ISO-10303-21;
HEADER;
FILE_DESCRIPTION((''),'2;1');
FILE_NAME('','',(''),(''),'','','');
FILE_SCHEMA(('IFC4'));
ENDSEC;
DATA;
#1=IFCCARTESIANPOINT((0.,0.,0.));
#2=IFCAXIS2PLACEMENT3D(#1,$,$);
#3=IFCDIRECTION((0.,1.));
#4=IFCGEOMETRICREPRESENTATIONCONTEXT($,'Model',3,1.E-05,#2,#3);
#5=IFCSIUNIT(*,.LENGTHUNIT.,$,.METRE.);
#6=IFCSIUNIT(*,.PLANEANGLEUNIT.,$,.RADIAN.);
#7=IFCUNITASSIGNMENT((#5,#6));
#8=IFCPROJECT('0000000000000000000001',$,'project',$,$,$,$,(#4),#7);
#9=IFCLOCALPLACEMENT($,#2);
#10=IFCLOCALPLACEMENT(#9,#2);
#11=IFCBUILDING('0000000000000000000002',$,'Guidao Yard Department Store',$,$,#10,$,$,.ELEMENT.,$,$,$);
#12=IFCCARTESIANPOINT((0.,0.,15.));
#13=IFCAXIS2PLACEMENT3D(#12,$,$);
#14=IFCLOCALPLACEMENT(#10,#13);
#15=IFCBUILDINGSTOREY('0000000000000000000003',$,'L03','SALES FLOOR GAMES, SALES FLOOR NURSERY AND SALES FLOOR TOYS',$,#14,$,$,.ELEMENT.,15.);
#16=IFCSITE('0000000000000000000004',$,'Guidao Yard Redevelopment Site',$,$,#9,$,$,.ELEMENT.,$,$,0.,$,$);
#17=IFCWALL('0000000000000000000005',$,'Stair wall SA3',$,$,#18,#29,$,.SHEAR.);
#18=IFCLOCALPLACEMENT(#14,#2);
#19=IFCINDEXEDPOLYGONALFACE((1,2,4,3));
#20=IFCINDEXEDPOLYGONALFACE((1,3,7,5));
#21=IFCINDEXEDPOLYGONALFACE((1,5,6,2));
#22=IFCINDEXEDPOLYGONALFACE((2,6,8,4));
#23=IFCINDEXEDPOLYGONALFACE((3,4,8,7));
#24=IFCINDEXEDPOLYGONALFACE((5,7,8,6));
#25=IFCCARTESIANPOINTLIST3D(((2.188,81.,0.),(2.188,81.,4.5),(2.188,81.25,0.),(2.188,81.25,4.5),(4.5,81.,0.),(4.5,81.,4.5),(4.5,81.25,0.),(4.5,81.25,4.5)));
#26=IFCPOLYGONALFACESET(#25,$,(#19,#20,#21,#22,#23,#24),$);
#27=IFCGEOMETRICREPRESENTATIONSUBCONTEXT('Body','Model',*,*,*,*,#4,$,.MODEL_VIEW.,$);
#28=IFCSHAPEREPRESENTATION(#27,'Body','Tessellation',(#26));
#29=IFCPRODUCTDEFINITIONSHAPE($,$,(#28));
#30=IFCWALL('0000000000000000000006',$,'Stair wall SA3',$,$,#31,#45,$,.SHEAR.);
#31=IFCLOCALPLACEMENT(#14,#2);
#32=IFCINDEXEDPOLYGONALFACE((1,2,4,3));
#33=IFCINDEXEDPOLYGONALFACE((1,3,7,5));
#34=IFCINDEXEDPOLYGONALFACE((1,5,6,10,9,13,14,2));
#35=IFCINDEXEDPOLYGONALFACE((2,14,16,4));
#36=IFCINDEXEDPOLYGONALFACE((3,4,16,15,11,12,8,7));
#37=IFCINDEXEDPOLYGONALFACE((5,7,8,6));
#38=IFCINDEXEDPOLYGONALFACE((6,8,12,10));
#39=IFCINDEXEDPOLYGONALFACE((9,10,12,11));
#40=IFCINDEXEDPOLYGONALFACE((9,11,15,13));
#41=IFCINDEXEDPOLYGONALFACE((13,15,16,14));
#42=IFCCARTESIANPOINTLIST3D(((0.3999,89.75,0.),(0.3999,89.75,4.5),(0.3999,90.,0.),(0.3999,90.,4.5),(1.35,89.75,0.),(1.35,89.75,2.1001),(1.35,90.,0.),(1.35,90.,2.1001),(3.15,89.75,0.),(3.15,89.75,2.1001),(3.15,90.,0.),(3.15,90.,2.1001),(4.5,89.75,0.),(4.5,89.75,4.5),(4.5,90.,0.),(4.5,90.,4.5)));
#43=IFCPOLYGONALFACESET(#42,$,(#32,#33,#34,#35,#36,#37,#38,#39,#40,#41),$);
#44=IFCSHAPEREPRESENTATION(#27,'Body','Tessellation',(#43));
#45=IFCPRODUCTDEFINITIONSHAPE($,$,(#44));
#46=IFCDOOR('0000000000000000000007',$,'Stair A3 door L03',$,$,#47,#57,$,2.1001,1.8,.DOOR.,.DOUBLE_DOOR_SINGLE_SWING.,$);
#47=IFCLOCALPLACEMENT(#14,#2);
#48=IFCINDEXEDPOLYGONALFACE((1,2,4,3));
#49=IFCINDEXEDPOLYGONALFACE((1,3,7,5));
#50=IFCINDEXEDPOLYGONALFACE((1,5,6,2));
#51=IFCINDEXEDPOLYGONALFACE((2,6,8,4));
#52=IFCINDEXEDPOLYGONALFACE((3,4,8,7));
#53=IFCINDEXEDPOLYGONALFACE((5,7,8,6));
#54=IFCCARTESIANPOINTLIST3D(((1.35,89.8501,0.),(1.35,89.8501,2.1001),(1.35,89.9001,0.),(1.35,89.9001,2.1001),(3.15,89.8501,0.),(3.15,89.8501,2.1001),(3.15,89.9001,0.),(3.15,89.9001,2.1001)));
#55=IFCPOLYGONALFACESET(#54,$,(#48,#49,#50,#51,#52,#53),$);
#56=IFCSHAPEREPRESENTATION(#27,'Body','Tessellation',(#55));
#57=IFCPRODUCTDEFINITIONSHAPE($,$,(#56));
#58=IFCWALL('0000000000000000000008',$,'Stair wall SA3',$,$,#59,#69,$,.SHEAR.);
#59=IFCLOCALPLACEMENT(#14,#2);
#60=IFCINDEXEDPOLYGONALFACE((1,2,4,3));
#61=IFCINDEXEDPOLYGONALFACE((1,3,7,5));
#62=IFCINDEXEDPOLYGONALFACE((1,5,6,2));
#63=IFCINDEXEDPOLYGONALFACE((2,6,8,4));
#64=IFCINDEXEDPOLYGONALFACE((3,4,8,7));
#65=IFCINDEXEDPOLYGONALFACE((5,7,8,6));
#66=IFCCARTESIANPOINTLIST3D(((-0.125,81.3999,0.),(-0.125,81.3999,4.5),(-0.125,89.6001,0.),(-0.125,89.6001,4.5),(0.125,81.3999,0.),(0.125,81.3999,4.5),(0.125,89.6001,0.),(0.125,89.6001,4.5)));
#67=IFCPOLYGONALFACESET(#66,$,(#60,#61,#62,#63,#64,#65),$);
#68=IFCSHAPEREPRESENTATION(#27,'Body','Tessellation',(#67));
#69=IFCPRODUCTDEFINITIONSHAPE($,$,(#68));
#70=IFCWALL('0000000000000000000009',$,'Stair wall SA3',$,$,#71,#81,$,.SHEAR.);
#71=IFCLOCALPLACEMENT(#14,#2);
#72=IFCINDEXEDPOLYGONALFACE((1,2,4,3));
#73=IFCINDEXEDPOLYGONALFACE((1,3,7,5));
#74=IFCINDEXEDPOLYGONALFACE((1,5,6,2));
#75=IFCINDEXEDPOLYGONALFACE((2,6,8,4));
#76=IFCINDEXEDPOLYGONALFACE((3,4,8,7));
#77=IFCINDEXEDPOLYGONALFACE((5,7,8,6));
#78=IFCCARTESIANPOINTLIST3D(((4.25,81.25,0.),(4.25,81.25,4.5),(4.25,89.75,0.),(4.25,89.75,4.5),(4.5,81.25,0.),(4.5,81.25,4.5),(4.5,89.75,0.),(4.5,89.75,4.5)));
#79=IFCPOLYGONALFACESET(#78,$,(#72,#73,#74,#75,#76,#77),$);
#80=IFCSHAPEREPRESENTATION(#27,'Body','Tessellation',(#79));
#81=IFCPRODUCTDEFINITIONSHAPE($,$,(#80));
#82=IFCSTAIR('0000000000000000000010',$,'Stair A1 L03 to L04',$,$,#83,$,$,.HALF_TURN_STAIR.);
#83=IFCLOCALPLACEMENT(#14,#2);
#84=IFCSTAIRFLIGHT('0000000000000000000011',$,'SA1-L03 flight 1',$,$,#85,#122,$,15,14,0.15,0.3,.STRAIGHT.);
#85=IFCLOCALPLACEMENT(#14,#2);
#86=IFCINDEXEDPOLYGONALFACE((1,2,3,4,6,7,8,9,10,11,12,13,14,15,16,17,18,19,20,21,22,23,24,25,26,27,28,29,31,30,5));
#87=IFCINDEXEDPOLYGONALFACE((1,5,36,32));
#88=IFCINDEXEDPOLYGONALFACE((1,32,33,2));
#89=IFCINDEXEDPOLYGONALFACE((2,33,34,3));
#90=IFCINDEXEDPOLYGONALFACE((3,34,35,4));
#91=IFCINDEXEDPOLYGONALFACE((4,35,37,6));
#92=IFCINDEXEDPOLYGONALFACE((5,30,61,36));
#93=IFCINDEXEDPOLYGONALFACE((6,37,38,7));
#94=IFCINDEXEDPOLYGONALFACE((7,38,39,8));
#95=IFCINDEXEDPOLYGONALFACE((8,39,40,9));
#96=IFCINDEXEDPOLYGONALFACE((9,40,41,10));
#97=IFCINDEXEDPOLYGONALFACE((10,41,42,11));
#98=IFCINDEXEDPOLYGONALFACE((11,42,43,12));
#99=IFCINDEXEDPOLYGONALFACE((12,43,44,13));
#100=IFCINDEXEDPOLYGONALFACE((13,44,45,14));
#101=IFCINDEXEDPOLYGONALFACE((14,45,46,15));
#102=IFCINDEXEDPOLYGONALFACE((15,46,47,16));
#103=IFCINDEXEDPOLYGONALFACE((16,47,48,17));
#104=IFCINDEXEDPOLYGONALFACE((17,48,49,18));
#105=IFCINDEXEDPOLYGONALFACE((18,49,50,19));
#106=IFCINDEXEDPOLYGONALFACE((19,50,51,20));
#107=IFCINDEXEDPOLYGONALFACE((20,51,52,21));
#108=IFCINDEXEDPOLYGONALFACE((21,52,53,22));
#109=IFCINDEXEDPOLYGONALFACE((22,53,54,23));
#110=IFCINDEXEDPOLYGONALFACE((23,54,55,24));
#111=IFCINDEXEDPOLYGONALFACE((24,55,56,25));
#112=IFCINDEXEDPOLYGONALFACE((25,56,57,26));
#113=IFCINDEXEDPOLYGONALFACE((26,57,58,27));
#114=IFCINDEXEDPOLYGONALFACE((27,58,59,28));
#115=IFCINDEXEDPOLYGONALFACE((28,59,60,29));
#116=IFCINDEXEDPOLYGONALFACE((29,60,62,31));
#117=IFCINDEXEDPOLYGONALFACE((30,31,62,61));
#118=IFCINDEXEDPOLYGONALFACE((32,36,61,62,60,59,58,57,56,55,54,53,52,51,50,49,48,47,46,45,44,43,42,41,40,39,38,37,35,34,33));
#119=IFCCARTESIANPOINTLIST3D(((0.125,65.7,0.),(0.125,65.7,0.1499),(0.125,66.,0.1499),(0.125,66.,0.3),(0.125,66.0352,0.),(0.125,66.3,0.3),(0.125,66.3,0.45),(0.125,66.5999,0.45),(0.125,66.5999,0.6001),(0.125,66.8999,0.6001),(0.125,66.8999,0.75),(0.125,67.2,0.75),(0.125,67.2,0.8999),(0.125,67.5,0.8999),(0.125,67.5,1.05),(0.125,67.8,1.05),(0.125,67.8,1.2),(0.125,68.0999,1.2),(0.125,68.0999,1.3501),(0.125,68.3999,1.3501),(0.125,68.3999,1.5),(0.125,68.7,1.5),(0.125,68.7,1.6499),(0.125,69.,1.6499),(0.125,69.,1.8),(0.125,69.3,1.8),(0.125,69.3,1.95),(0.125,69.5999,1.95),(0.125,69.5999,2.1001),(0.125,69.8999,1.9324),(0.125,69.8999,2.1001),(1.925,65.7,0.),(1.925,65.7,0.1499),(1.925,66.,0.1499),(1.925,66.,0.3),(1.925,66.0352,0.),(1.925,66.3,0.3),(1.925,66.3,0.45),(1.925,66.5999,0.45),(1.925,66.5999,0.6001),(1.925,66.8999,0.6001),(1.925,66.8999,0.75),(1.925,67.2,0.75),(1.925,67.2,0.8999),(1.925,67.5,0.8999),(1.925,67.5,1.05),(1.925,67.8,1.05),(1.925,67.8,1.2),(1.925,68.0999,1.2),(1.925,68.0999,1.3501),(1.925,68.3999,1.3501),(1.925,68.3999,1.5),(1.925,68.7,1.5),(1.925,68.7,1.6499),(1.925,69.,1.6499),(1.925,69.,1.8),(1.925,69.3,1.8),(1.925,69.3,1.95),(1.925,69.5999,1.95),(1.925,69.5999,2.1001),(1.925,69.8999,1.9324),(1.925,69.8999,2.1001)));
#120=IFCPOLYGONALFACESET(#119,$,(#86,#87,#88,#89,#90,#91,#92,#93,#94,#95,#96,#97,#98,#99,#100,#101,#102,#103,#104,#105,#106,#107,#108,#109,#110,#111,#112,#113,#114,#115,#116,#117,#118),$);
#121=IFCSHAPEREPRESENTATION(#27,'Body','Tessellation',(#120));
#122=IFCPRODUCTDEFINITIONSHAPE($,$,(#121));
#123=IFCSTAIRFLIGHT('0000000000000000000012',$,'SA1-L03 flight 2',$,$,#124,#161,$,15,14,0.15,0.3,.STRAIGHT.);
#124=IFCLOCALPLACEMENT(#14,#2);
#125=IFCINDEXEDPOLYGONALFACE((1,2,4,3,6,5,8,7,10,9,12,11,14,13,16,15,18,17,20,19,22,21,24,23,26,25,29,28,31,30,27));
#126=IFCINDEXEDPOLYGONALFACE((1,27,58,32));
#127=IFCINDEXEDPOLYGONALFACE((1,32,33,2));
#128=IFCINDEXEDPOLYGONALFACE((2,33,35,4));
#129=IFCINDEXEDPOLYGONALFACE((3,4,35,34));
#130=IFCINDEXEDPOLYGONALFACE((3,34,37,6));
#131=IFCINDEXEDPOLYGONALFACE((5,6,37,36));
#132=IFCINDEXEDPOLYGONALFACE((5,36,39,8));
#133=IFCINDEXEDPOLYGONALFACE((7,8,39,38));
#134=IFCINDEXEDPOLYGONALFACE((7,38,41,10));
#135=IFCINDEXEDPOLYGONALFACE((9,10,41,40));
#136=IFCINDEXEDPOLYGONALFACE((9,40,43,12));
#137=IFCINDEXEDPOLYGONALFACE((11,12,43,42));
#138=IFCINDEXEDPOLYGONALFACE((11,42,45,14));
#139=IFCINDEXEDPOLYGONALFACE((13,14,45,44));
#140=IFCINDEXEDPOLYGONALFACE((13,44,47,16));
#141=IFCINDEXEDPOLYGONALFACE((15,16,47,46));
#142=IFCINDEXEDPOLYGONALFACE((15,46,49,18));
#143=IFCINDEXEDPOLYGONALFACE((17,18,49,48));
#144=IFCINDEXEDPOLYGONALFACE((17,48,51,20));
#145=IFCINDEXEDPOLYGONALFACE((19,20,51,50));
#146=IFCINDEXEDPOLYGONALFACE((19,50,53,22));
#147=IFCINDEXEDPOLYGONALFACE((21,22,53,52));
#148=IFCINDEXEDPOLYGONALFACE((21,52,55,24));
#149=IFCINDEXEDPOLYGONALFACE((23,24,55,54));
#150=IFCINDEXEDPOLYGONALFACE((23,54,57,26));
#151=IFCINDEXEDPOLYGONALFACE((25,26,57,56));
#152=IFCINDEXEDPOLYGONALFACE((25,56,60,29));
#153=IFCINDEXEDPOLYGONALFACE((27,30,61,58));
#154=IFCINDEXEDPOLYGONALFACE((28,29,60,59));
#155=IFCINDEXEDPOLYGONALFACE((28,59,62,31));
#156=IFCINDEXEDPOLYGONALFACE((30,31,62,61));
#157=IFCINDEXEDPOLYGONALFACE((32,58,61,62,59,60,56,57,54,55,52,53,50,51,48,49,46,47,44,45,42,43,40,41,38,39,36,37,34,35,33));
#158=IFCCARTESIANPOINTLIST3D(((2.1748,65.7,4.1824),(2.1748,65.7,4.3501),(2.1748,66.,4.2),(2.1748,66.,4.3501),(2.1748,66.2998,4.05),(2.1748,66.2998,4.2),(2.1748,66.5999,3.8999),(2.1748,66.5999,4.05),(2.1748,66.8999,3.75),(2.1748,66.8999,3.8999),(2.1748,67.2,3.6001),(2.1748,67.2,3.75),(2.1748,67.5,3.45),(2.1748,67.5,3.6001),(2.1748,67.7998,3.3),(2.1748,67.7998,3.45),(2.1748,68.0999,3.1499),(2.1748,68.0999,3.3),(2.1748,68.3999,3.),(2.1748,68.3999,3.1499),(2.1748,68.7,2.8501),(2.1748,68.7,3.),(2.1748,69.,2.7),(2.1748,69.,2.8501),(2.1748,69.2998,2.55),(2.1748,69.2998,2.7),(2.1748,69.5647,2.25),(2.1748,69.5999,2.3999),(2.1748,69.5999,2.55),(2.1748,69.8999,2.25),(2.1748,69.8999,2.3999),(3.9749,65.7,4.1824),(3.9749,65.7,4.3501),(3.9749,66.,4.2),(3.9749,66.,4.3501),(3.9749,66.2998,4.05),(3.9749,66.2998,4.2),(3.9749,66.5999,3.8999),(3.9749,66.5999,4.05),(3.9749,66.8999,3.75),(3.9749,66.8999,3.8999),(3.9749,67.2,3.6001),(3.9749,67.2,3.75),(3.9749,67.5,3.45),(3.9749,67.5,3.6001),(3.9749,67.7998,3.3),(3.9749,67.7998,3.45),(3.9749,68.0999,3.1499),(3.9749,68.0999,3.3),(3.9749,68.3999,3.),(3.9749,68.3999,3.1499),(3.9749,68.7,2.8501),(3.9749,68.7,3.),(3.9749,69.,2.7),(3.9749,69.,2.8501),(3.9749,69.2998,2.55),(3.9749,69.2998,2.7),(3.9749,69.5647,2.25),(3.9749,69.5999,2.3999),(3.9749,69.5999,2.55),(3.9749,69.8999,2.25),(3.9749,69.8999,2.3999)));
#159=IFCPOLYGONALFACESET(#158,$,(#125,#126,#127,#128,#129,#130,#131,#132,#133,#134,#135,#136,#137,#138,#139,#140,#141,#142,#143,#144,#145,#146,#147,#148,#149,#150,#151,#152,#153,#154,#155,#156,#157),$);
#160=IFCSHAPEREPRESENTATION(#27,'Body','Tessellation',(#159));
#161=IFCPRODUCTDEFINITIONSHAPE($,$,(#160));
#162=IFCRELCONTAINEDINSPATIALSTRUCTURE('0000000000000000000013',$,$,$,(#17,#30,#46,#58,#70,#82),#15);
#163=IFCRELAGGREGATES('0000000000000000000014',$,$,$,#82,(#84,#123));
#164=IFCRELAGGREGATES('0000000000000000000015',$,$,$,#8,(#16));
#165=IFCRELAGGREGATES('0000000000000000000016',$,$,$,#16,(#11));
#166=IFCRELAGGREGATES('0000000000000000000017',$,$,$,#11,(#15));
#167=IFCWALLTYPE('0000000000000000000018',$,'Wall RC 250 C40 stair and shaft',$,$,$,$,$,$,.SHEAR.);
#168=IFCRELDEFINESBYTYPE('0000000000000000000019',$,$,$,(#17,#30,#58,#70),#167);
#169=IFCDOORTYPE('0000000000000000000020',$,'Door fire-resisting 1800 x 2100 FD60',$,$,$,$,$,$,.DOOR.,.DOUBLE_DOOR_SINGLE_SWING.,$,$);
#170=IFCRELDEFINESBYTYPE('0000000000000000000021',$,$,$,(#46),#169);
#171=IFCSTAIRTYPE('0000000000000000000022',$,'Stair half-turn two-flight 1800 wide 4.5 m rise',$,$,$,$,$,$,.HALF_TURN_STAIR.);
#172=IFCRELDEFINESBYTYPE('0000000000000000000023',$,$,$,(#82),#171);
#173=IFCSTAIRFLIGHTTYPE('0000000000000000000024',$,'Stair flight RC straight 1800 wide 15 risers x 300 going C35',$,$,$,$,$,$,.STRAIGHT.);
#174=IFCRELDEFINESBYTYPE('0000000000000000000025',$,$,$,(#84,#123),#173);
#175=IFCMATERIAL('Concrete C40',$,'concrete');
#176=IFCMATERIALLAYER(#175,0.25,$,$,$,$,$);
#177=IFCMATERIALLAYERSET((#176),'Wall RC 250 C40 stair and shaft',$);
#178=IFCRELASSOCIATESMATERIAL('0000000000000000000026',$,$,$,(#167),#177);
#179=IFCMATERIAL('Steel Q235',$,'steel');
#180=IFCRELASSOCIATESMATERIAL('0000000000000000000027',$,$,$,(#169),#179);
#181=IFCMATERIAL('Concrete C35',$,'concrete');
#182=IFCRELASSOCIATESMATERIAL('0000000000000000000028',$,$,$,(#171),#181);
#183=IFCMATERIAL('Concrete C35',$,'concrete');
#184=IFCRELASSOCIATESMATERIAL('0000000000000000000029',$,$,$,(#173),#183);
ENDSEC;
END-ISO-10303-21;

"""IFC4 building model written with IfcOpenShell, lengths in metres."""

from ifc_helpers import new_model, si_unit, direction, frame, frame_2d, origin, place, context, subcontext, project, spatial, polyline, rectangle, outline, extrude, material, layer, layer_set, type_object, element, fill, aggregate, save


model = new_model("IFC4")

# Units and contexts
model_context = context("Model", 3, precision=1e-05, world=origin(), true_north=direction((0.0, 1.0)))
body_context = subcontext(model_context, "Body", "Model", "MODEL_VIEW")
ifc_project = project(units=[si_unit("LENGTHUNIT", "METRE"), si_unit("PLANEANGLEUNIT", "RADIAN")], contexts=[model_context])

# Site, building, storey
site_placement = place(None, origin())
site = spatial("IfcSite", under=ifc_project, at=site_placement, Name="Guidao Yard Redevelopment Site", CompositionType="ELEMENT", RefElevation=0.0)
building_placement = place(site_placement, origin())
building = spatial("IfcBuilding", under=site, at=building_placement, Name="Guidao Yard Department Store", CompositionType="ELEMENT")
storey_placement = place(building_placement, frame((0.0, 0.0, 15.0)))
storey = spatial("IfcBuildingStorey", under=building, at=storey_placement, Name="L03", Description="SALES FLOOR GAMES, SALES FLOOR NURSERY AND SALES FLOOR TOYS", CompositionType="ELEMENT", Elevation=15.0)

# Wall
ifc_material_1 = material(Name="Concrete C40", Category="concrete")
ifc_layer_1 = layer(ifc_material_1, 0.25)
ifc_layer_set_1 = layer_set([ifc_layer_1], Name="Wall RC 250 C40 stair and shaft")
wall_type_1 = type_object("IfcWallType", Name="Wall RC 250 C40 stair and shaft", PredefinedType="SHEAR", material=ifc_layer_set_1)
wall_1_placement = place(storey_placement, frame((2.188, 81.125, 0.0), z_axis=(0.0, 0.0, 1.0), x_axis=(1.0, 0.0, 0.0)))
element("IfcWall", 1, at=wall_1_placement, inside=storey, type_object=wall_type_1, Name="Stair wall SA3", PredefinedType="SHEAR", context=body_context, shape_type="SweptSolid", body=[
    extrude(rectangle(XDim=2.312, YDim=0.25, at=frame_2d((1.156, 0.0))), origin(), (0.0, 0.0, 1.0), 4.5),
])

# Wall, opening, door
wall_2_placement = place(storey_placement, frame((0.3999, 89.875, 0.0), z_axis=(0.0, 0.0, 1.0), x_axis=(1.0, 0.0, 0.0)))
wall_2 = element("IfcWall", 2, at=wall_2_placement, inside=storey, type_object=wall_type_1, Name="Stair wall SA3", PredefinedType="SHEAR", context=body_context, shape_type="SweptSolid", body=[
    extrude(rectangle(XDim=4.1001, YDim=0.25, at=frame_2d((2.05, 0.0))), origin(), (0.0, 0.0, 1.0), 4.5),
])
opening_1_placement = place(wall_2_placement, frame((2.75, 0.0, 0.0), z_axis=(0.0, 0.0, 1.0), x_axis=(-1.0, 0.0, 0.0)))
opening_1 = element("IfcOpeningElement", 3, at=opening_1_placement, cuts=wall_2, PredefinedType="OPENING", context=body_context, shape_type="SweptSolid", body=[
    extrude(rectangle(XDim=1.8, YDim=2.1001, at=frame_2d((0.8999, 1.05))), frame((0.0, 0.135, 0.0), z_axis=(0.0, -1.0, 0.0), x_axis=(1.0, 0.0, 0.0)), (0.0, 0.0, 1.0), 0.27),
])
ifc_material_2 = material(Name="Steel Q235", Category="steel")
door_type = type_object("IfcDoorType", Name="Door fire-resisting 1800 x 2100 FD60", OperationType="DOUBLE_DOOR_SINGLE_SWING", PredefinedType="DOOR", material=ifc_material_2)
door_placement = place(opening_1_placement, origin())
door = element("IfcDoor", 4, at=door_placement, inside=storey, type_object=door_type, Name="Stair A3 door L03", OperationType="DOUBLE_DOOR_SINGLE_SWING", OverallHeight=2.1001, OverallWidth=1.8, PredefinedType="DOOR", context=body_context, shape_type="SweptSolid", body=[
    extrude(rectangle(XDim=1.8, YDim=2.1001, at=frame_2d((0.8999, 1.05))), frame((0.0, 0.0249, 0.0), z_axis=(0.0, -1.0, 0.0), x_axis=(1.0, 0.0, 0.0)), (0.0, 0.0, 1.0), 0.05),
])
fill(opening_1, door)

# Walls
wall_3_placement = place(storey_placement, frame((0.0, 81.3999, 0.0), z_axis=(0.0, 0.0, 1.0), x_axis=(0.0, 1.0, 0.0)))
element("IfcWall", 5, at=wall_3_placement, inside=storey, type_object=wall_type_1, Name="Stair wall SA3", PredefinedType="SHEAR", context=body_context, shape_type="SweptSolid", body=[
    extrude(rectangle(XDim=8.2002, YDim=0.25, at=frame_2d((4.1001, 0.0))), origin(), (0.0, 0.0, 1.0), 4.5),
])
wall_4_placement = place(storey_placement, frame((4.375, 81.25, 0.0), z_axis=(0.0, 0.0, 1.0), x_axis=(0.0, 1.0, 0.0)))
element("IfcWall", 6, at=wall_4_placement, inside=storey, type_object=wall_type_1, Name="Stair wall SA3", PredefinedType="SHEAR", context=body_context, shape_type="SweptSolid", body=[
    extrude(rectangle(XDim=8.5, YDim=0.25, at=frame_2d((4.25, 0.0))), origin(), (0.0, 0.0, 1.0), 4.5),
])

# Stair, stair flights
ifc_material_3 = material(Name="Concrete C35", Category="concrete")
stair_type = type_object("IfcStairType", Name="Stair half-turn two-flight 1800 wide 4.5 m rise", PredefinedType="HALF_TURN_STAIR", material=ifc_material_3)
stair_1_placement = place(storey_placement, origin())
stair_1 = element("IfcStair", 7, at=stair_1_placement, inside=storey, type_object=stair_type, Name="Stair A1 L03 to L04", PredefinedType="HALF_TURN_STAIR")
ifc_material_4 = material(Name="Concrete C35", Category="concrete")
stair_flight_type = type_object("IfcStairFlightType", Name="Stair flight RC straight 1800 wide 15 risers x 300 going C35", PredefinedType="STRAIGHT", material=ifc_material_4)
stair_flight_1_placement = place(storey_placement, frame((1.0249, 65.7, 0.0), z_axis=(0.0, 0.0, 1.0), x_axis=(0.0, 1.0, 0.0)))
stair_flight_1 = element("IfcStairFlight", 8, at=stair_flight_1_placement, type_object=stair_flight_type, Name="SA1-L03 flight 1", NumberOfRisers=15, NumberOfTreads=14, PredefinedType="STRAIGHT", RiserHeight=0.15, TreadLength=0.3, context=body_context, shape_type="SweptSolid", body=[
    extrude(outline(polyline([(0.0, 0.0), (0.0, 0.1499), (0.3, 0.1499), (0.3, 0.3), (0.6001, 0.3), (0.6001, 0.45), (0.8999, 0.45), (0.8999, 0.6001), (1.2, 0.6001), (1.2, 0.75), (1.5, 0.75), (1.5, 0.8999), (1.8, 0.8999), (1.8, 1.05), (2.1001, 1.05), (2.1001, 1.2), (2.3999, 1.2), (2.3999, 1.3501), (2.7, 1.3501), (2.7, 1.5), (3.0, 1.5), (3.0, 1.6499), (3.3, 1.6499), (3.3, 1.8), (3.6001, 1.8), (3.6001, 1.95), (3.8999, 1.95), (3.8999, 2.1001), (4.2, 2.1001), (4.2, 2.25), (4.2, 1.9324), (0.3352, 0.0), (0.0, 0.0)])), frame((0.0, 0.8999, 0.0), z_axis=(0.0, -1.0, 0.0), x_axis=(1.0, 0.0, 0.0)), (0.0, 0.0, 1.0), 1.8),
])
stair_flight_2_placement = place(storey_placement, frame((3.075, 69.8999, 2.25), z_axis=(0.0, 0.0, 1.0), x_axis=(0.0, -1.0, 0.0)))
stair_flight_2 = element("IfcStairFlight", 9, at=stair_flight_2_placement, type_object=stair_flight_type, Name="SA1-L03 flight 2", NumberOfRisers=15, NumberOfTreads=14, PredefinedType="STRAIGHT", RiserHeight=0.15, TreadLength=0.3, context=body_context, shape_type="SweptSolid", body=[
    extrude(outline(polyline([(0.0, 0.0), (0.0, 0.1499), (0.3, 0.1499), (0.3, 0.3), (0.6001, 0.3), (0.6001, 0.45), (0.8999, 0.45), (0.8999, 0.6001), (1.2, 0.6001), (1.2, 0.75), (1.5, 0.75), (1.5, 0.8999), (1.8, 0.8999), (1.8, 1.05), (2.1001, 1.05), (2.1001, 1.2), (2.3999, 1.2), (2.3999, 1.3501), (2.7, 1.3501), (2.7, 1.5), (3.0, 1.5), (3.0, 1.6499), (3.3, 1.6499), (3.3, 1.8), (3.6001, 1.8), (3.6001, 1.95), (3.8999, 1.95), (3.8999, 2.1001), (4.2, 2.1001), (4.2, 2.25), (4.2, 1.9324), (0.3352, 0.0), (0.0, 0.0)])), frame((0.0, 0.8999, 0.0), z_axis=(0.0, -1.0, 0.0), x_axis=(1.0, 0.0, 0.0)), (0.0, 0.0, 1.0), 1.8),
])
aggregate(stair_1, [stair_flight_1, stair_flight_2])

save(model, "model.ifc")
